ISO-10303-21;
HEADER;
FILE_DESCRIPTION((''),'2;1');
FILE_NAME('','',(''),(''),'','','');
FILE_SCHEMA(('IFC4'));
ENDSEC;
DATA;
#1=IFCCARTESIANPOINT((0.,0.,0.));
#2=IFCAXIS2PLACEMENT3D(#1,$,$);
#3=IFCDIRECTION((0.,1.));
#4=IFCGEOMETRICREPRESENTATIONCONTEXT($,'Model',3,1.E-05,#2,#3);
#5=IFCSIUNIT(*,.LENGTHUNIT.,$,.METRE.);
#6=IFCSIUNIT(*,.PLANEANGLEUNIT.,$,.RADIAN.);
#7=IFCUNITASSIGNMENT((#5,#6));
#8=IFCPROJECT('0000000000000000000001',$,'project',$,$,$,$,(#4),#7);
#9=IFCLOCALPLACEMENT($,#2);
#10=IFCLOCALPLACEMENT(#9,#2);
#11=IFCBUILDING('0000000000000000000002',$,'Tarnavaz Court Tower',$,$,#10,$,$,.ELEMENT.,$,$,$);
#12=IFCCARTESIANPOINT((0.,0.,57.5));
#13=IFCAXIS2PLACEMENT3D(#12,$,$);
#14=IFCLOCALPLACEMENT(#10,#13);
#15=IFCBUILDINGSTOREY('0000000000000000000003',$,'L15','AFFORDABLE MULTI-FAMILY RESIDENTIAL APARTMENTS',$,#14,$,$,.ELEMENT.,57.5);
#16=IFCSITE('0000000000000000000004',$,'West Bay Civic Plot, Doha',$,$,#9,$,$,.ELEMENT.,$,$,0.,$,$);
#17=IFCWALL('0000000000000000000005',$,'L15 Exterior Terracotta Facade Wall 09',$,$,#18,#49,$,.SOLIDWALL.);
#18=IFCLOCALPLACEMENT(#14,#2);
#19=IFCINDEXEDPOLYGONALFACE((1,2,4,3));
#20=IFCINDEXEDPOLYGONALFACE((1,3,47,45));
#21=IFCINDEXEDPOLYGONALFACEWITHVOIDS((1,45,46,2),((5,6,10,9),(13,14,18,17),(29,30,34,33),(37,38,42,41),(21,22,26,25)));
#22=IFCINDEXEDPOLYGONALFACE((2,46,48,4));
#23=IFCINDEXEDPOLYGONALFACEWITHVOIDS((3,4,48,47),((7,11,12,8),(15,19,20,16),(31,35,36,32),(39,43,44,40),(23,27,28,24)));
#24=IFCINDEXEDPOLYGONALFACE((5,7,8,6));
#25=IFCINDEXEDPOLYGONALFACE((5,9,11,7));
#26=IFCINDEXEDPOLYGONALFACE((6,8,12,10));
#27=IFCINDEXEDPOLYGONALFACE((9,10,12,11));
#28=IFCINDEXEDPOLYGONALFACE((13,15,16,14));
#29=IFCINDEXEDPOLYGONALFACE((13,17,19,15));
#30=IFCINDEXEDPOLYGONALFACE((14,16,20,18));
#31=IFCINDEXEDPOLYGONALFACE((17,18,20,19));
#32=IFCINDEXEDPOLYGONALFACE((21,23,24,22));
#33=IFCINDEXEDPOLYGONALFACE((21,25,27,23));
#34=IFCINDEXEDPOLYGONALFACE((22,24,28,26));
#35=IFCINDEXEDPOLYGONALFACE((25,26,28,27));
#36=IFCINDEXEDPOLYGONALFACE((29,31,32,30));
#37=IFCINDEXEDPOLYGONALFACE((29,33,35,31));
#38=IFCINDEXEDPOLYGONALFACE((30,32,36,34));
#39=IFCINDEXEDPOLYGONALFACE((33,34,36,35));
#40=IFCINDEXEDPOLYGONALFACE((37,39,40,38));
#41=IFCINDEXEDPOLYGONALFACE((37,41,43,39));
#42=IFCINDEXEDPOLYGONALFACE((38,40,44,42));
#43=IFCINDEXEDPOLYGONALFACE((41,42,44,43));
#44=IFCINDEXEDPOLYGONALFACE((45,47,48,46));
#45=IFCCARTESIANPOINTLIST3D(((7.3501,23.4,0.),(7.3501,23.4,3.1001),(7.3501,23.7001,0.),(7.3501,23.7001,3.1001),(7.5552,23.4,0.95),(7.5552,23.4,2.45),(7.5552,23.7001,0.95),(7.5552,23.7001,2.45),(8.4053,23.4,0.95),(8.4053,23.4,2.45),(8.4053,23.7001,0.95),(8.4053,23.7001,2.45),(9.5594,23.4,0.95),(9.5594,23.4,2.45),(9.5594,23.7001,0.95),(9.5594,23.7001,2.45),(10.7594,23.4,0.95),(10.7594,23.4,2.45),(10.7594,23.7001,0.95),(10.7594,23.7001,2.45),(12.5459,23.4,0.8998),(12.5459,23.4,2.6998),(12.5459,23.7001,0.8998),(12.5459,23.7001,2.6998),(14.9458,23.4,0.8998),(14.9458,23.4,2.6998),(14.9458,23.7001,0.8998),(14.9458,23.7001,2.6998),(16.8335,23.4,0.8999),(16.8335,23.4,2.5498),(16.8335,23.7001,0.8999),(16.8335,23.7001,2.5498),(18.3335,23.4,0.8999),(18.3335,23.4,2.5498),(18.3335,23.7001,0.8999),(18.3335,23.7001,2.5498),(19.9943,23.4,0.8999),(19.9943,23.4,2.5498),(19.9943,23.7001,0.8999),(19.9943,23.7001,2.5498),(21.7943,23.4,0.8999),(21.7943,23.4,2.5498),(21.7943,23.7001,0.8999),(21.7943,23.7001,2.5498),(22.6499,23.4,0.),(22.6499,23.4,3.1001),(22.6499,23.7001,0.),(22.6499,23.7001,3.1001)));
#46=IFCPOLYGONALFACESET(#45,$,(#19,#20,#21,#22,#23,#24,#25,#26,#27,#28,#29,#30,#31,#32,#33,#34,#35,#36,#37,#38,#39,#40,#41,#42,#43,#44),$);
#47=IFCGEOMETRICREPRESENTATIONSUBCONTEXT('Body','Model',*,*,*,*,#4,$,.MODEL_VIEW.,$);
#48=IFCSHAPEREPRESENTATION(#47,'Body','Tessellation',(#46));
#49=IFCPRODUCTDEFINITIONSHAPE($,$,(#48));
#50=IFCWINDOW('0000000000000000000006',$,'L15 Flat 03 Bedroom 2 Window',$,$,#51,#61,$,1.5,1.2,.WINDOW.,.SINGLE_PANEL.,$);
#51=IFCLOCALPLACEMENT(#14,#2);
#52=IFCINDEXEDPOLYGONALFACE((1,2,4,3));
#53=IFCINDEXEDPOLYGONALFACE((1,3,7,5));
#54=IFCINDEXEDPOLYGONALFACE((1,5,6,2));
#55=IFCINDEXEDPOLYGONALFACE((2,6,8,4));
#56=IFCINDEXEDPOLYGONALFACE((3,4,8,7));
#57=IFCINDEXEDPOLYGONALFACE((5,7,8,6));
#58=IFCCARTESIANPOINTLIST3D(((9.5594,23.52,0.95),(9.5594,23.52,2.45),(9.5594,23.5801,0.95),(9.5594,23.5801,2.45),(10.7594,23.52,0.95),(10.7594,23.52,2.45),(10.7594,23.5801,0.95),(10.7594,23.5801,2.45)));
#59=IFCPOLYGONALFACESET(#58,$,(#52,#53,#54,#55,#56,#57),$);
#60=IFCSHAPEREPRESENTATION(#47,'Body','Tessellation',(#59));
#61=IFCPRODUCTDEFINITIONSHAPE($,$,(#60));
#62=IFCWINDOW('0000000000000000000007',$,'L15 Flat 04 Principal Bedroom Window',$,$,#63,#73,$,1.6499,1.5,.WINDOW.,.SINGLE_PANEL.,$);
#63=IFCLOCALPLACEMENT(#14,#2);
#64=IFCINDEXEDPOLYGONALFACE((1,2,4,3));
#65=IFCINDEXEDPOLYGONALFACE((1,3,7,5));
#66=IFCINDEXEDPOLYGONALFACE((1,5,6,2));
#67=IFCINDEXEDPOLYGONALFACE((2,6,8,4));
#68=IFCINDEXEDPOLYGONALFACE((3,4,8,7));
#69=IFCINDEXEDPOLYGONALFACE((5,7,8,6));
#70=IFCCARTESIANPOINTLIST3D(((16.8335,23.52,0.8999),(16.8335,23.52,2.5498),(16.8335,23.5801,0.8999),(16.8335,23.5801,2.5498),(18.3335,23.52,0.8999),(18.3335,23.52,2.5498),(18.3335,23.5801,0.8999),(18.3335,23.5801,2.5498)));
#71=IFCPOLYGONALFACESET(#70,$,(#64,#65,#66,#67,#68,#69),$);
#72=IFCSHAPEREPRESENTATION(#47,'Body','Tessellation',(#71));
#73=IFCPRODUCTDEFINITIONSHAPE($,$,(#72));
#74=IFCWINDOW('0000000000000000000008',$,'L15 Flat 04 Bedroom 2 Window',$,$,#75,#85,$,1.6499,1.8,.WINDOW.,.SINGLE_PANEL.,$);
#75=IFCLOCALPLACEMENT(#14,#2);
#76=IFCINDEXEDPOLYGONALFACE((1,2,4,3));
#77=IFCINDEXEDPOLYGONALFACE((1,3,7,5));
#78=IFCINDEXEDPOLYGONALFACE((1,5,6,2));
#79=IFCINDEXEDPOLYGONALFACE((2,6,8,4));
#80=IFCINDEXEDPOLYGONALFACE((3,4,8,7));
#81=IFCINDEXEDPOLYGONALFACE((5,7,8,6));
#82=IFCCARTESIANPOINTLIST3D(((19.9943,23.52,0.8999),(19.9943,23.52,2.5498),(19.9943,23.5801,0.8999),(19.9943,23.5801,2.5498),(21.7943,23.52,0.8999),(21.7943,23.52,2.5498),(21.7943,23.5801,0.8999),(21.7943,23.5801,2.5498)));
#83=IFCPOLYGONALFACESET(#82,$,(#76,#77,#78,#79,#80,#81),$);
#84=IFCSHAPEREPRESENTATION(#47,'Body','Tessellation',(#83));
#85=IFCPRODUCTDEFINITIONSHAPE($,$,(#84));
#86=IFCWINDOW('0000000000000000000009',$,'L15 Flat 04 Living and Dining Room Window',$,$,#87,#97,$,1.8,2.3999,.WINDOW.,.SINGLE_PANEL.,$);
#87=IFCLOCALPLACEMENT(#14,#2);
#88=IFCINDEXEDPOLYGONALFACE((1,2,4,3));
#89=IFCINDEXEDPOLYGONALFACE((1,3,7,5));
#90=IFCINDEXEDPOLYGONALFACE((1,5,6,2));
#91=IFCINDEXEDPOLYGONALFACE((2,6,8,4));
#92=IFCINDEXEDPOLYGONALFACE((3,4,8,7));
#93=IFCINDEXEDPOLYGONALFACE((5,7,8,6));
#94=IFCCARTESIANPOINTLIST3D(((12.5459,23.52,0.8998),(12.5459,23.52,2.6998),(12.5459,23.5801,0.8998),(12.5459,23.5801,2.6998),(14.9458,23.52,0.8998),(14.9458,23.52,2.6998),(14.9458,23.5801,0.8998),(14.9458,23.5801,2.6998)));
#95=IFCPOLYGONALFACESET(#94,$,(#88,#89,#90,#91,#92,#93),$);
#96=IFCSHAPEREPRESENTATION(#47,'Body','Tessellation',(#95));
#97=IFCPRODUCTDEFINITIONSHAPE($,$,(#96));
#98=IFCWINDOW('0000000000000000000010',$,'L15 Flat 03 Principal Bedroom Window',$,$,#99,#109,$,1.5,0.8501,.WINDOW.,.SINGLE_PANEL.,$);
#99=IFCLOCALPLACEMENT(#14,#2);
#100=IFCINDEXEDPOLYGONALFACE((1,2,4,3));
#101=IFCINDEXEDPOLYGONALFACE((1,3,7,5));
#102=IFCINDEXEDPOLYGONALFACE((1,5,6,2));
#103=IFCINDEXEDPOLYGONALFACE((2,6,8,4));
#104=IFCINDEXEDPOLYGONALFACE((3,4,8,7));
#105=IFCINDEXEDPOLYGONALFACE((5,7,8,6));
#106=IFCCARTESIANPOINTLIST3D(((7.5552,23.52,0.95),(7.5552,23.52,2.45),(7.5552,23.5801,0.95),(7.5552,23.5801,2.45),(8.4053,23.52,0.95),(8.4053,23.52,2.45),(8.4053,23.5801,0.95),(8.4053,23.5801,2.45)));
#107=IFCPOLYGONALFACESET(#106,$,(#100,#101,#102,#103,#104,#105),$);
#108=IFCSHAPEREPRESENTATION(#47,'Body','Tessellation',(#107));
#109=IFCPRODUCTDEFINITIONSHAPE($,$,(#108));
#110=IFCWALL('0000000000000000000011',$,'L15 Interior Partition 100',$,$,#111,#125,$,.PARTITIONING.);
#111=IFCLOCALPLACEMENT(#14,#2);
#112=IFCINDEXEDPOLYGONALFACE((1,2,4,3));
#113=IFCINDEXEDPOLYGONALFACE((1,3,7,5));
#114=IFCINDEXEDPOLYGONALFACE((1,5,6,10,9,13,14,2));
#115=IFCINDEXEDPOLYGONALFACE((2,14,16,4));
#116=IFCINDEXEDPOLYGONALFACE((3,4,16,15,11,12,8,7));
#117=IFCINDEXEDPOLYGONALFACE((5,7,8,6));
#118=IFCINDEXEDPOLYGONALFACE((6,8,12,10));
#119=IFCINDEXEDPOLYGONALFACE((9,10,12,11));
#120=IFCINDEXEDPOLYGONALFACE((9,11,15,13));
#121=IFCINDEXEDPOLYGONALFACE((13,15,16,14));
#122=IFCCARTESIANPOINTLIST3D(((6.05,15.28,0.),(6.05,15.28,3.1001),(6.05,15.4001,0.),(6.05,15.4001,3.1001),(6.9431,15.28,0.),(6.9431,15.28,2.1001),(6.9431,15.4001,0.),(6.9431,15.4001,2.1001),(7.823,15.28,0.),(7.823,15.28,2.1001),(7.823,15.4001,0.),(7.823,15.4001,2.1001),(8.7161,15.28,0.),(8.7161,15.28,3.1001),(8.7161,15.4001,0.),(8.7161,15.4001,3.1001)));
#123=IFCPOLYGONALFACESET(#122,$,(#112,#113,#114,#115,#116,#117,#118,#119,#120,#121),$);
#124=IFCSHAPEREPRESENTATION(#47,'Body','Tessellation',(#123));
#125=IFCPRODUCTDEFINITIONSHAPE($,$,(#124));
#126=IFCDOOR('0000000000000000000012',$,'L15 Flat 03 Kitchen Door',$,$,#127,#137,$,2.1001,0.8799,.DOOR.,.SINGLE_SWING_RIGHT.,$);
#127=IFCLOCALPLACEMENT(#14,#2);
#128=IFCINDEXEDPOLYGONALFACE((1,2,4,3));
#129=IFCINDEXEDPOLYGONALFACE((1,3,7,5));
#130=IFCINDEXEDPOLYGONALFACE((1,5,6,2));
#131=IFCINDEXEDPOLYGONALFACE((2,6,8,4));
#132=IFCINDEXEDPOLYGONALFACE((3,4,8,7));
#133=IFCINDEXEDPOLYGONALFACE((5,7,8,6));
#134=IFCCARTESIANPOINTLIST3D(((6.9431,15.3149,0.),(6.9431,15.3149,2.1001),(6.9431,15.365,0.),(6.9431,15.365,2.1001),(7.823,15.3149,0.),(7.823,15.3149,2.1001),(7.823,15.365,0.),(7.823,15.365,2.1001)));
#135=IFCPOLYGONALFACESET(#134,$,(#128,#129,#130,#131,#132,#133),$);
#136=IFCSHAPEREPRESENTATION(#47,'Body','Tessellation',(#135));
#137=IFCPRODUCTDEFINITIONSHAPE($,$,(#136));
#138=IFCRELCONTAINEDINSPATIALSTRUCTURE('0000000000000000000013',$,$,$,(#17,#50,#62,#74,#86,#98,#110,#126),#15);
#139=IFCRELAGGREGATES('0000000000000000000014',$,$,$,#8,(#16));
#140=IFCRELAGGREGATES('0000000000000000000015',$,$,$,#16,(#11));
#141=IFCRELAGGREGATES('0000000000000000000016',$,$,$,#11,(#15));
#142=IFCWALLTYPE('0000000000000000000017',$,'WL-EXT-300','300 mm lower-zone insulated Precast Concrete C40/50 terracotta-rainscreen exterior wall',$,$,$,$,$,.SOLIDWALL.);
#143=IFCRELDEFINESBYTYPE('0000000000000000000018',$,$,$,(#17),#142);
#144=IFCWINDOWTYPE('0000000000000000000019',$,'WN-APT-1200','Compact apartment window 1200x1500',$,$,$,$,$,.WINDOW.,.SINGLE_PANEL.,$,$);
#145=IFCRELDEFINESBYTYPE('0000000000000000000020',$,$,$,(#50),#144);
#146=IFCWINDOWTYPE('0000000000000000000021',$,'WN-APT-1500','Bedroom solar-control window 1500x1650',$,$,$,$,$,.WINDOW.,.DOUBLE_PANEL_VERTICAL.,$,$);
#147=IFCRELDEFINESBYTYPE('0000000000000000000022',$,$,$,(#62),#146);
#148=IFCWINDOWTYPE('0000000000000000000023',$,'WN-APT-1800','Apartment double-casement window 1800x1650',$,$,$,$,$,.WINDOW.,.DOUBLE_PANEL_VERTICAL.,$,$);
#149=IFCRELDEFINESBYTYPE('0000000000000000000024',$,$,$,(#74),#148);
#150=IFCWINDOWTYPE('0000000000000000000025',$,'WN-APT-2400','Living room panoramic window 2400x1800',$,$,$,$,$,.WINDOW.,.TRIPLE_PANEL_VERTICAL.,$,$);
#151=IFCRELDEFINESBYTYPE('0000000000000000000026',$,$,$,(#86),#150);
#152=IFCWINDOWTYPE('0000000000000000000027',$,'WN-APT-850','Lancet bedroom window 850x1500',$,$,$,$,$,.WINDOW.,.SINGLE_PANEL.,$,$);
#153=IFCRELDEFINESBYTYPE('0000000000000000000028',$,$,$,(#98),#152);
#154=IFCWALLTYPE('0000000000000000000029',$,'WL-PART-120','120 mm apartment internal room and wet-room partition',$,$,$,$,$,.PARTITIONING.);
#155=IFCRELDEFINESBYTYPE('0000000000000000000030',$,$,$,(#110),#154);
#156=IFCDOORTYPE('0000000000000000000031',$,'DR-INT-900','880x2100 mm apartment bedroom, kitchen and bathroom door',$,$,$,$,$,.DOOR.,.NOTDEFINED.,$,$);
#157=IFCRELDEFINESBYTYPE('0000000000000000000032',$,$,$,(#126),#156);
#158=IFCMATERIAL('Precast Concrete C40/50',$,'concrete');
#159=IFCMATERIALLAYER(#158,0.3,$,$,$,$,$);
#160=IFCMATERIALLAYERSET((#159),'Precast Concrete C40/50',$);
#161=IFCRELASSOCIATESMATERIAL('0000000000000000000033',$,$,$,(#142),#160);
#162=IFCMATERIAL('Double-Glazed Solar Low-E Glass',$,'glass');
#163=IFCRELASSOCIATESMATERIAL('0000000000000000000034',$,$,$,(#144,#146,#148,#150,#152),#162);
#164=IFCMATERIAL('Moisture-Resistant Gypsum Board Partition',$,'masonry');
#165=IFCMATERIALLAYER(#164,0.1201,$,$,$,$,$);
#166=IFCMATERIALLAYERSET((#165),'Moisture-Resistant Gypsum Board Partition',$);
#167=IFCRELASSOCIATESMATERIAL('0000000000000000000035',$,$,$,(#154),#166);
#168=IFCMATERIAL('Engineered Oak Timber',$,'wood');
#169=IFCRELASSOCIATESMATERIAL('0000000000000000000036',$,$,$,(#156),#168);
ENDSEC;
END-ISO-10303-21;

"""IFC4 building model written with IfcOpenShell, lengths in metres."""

from ifc_helpers import new_model, si_unit, direction, frame, frame_2d, origin, place, context, subcontext, project, spatial, rectangle, extrude, material, layer, layer_set, type_object, element, fill, save


model = new_model("IFC4")

# Units and contexts
model_context = context("Model", 3, precision=1e-05, world=origin(), true_north=direction((0.0, 1.0)))
body_context = subcontext(model_context, "Body", "Model", "MODEL_VIEW")
ifc_project = project(units=[si_unit("LENGTHUNIT", "METRE"), si_unit("PLANEANGLEUNIT", "RADIAN")], contexts=[model_context])

# Site, building, storey
site_placement = place(None, origin())
site = spatial("IfcSite", under=ifc_project, at=site_placement, Name="West Bay Civic Plot, Doha", CompositionType="ELEMENT", RefElevation=0.0)
building_placement = place(site_placement, origin())
building = spatial("IfcBuilding", under=site, at=building_placement, Name="Tarnavaz Court Tower", CompositionType="ELEMENT")
storey_placement = place(building_placement, frame((0.0, 0.0, 57.5)))
storey = spatial("IfcBuildingStorey", under=building, at=storey_placement, Name="L15", Description="AFFORDABLE MULTI-FAMILY RESIDENTIAL APARTMENTS", CompositionType="ELEMENT", Elevation=57.5)

# Wall, openings, windows
ifc_material_1 = material(Name="Precast Concrete C40/50", Category="concrete")
ifc_layer_1 = layer(ifc_material_1, 0.3)
ifc_layer_set_1 = layer_set([ifc_layer_1], Name="Precast Concrete C40/50")
wall_type_1 = type_object("IfcWallType", Name="WL-EXT-300", Description="300 mm lower-zone insulated Precast Concrete C40/50 terracotta-rainscreen exterior wall", PredefinedType="SOLIDWALL", material=ifc_layer_set_1)
wall_1_placement = place(storey_placement, frame((7.3501, 23.55, 0.0), z_axis=(0.0, 0.0, 1.0), x_axis=(1.0, 0.0, 0.0)))
wall_1 = element("IfcWall", 1, at=wall_1_placement, inside=storey, type_object=wall_type_1, Name="L15 Exterior Terracotta Facade Wall 09", PredefinedType="SOLIDWALL", context=body_context, shape_type="SweptSolid", body=[
    extrude(rectangle(XDim=15.2998, YDim=0.3, at=frame_2d((7.6499, 0.0))), origin(), (0.0, 0.0, 1.0), 3.1001),
])
opening_1_placement = place(wall_1_placement, frame((0.2051, 0.0, 0.95)))
opening_1 = element("IfcOpeningElement", 2, at=opening_1_placement, cuts=wall_1, PredefinedType="OPENING", context=body_context, shape_type="SweptSolid", body=[
    extrude(rectangle(XDim=0.8501, YDim=1.5, at=frame_2d((0.425, 0.75))), frame((0.0, 0.1599, 0.0), z_axis=(0.0, -1.0, 0.0), x_axis=(1.0, 0.0, 0.0)), (0.0, 0.0, 1.0), 0.3201),
])
opening_2_placement = place(wall_1_placement, frame((2.2092, 0.0, 0.95)))
opening_2 = element("IfcOpeningElement", 3, at=opening_2_placement, cuts=wall_1, PredefinedType="OPENING", context=body_context, shape_type="SweptSolid", body=[
    extrude(rectangle(XDim=1.2, YDim=1.5, at=frame_2d((0.6001, 0.75))), frame((0.0, 0.1599, 0.0), z_axis=(0.0, -1.0, 0.0), x_axis=(1.0, 0.0, 0.0)), (0.0, 0.0, 1.0), 0.3201),
])
opening_3_placement = place(wall_1_placement, frame((5.1958, 0.0, 0.8999)))
opening_3 = element("IfcOpeningElement", 4, at=opening_3_placement, cuts=wall_1, PredefinedType="OPENING", context=body_context, shape_type="SweptSolid", body=[
    extrude(rectangle(XDim=2.3999, YDim=1.8, at=frame_2d((1.2, 0.8999))), frame((0.0, 0.1599, 0.0), z_axis=(0.0, -1.0, 0.0), x_axis=(1.0, 0.0, 0.0)), (0.0, 0.0, 1.0), 0.3201),
])
opening_4_placement = place(wall_1_placement, frame((9.4834, 0.0, 0.8999)))
opening_4 = element("IfcOpeningElement", 5, at=opening_4_placement, cuts=wall_1, PredefinedType="OPENING", context=body_context, shape_type="SweptSolid", body=[
    extrude(rectangle(XDim=1.5, YDim=1.6499, at=frame_2d((0.75, 0.825))), frame((0.0, 0.1599, 0.0), z_axis=(0.0, -1.0, 0.0), x_axis=(1.0, 0.0, 0.0)), (0.0, 0.0, 1.0), 0.3201),
])
opening_5_placement = place(wall_1_placement, frame((12.6443, 0.0, 0.8999)))
opening_5 = element("IfcOpeningElement", 6, at=opening_5_placement, cuts=wall_1, PredefinedType="OPENING", context=body_context, shape_type="SweptSolid", body=[
    extrude(rectangle(XDim=1.8, YDim=1.6499, at=frame_2d((0.8999, 0.825))), frame((0.0, 0.1599, 0.0), z_axis=(0.0, -1.0, 0.0), x_axis=(1.0, 0.0, 0.0)), (0.0, 0.0, 1.0), 0.3201),
])
ifc_material_2 = material(Name="Double-Glazed Solar Low-E Glass", Category="glass")
window_type_1 = type_object("IfcWindowType", Name="WN-APT-1200", Description="Compact apartment window 1200x1500", PartitioningType="SINGLE_PANEL", PredefinedType="WINDOW", material=ifc_material_2)
window_1_placement = place(opening_2_placement, origin())
window_1 = element("IfcWindow", 7, at=window_1_placement, inside=storey, type_object=window_type_1, Name="L15 Flat 03 Bedroom 2 Window", OverallHeight=1.5, OverallWidth=1.2, PartitioningType="SINGLE_PANEL", PredefinedType="WINDOW", context=body_context, shape_type="SweptSolid", body=[
    extrude(rectangle(XDim=1.2, YDim=1.5, at=frame_2d((0.6001, 0.75))), frame((0.0, 0.03, 0.0), z_axis=(0.0, -1.0, 0.0), x_axis=(1.0, 0.0, 0.0)), (0.0, 0.0, 1.0), 0.0601),
])
fill(opening_2, window_1)
window_type_2 = type_object("IfcWindowType", Name="WN-APT-1500", Description="Bedroom solar-control window 1500x1650", PartitioningType="DOUBLE_PANEL_VERTICAL", PredefinedType="WINDOW", material=ifc_material_2)
window_2_placement = place(opening_4_placement, origin())
window_2 = element("IfcWindow", 8, at=window_2_placement, inside=storey, type_object=window_type_2, Name="L15 Flat 04 Principal Bedroom Window", OverallHeight=1.6499, OverallWidth=1.5, PartitioningType="SINGLE_PANEL", PredefinedType="WINDOW", context=body_context, shape_type="SweptSolid", body=[
    extrude(rectangle(XDim=1.5, YDim=1.6499, at=frame_2d((0.75, 0.825))), frame((0.0, 0.03, 0.0), z_axis=(0.0, -1.0, 0.0), x_axis=(1.0, 0.0, 0.0)), (0.0, 0.0, 1.0), 0.0601),
])
fill(opening_4, window_2)
window_type_3 = type_object("IfcWindowType", Name="WN-APT-1800", Description="Apartment double-casement window 1800x1650", PartitioningType="DOUBLE_PANEL_VERTICAL", PredefinedType="WINDOW", material=ifc_material_2)
window_3_placement = place(opening_5_placement, origin())
window_3 = element("IfcWindow", 9, at=window_3_placement, inside=storey, type_object=window_type_3, Name="L15 Flat 04 Bedroom 2 Window", OverallHeight=1.6499, OverallWidth=1.8, PartitioningType="SINGLE_PANEL", PredefinedType="WINDOW", context=body_context, shape_type="SweptSolid", body=[
    extrude(rectangle(XDim=1.8, YDim=1.6499, at=frame_2d((0.8999, 0.825))), frame((0.0, 0.03, 0.0), z_axis=(0.0, -1.0, 0.0), x_axis=(1.0, 0.0, 0.0)), (0.0, 0.0, 1.0), 0.0601),
])
fill(opening_5, window_3)
window_type_4 = type_object("IfcWindowType", Name="WN-APT-2400", Description="Living room panoramic window 2400x1800", PartitioningType="TRIPLE_PANEL_VERTICAL", PredefinedType="WINDOW", material=ifc_material_2)
window_4_placement = place(opening_3_placement, origin())
window_4 = element("IfcWindow", 10, at=window_4_placement, inside=storey, type_object=window_type_4, Name="L15 Flat 04 Living and Dining Room Window", OverallHeight=1.8, OverallWidth=2.3999, PartitioningType="SINGLE_PANEL", PredefinedType="WINDOW", context=body_context, shape_type="SweptSolid", body=[
    extrude(rectangle(XDim=2.3999, YDim=1.8, at=frame_2d((1.2, 0.8999))), frame((0.0, 0.03, 0.0), z_axis=(0.0, -1.0, 0.0), x_axis=(1.0, 0.0, 0.0)), (0.0, 0.0, 1.0), 0.0601),
])
fill(opening_3, window_4)
window_type_5 = type_object("IfcWindowType", Name="WN-APT-850", Description="Lancet bedroom window 850x1500", PartitioningType="SINGLE_PANEL", PredefinedType="WINDOW", material=ifc_material_2)
window_5_placement = place(opening_1_placement, origin())
window_5 = element("IfcWindow", 11, at=window_5_placement, inside=storey, type_object=window_type_5, Name="L15 Flat 03 Principal Bedroom Window", OverallHeight=1.5, OverallWidth=0.8501, PartitioningType="SINGLE_PANEL", PredefinedType="WINDOW", context=body_context, shape_type="SweptSolid", body=[
    extrude(rectangle(XDim=0.8501, YDim=1.5, at=frame_2d((0.425, 0.75))), frame((0.0, 0.03, 0.0), z_axis=(0.0, -1.0, 0.0), x_axis=(1.0, 0.0, 0.0)), (0.0, 0.0, 1.0), 0.0601),
])
fill(opening_1, window_5)

# Wall, opening, door
ifc_material_3 = material(Name="Moisture-Resistant Gypsum Board Partition", Category="masonry")
ifc_layer_2 = layer(ifc_material_3, 0.1201)
ifc_layer_set_2 = layer_set([ifc_layer_2], Name="Moisture-Resistant Gypsum Board Partition")
wall_type_2 = type_object("IfcWallType", Name="WL-PART-120", Description="120 mm apartment internal room and wet-room partition", PredefinedType="PARTITIONING", material=ifc_layer_set_2)
wall_2_placement = place(storey_placement, frame((6.05, 15.3401, 0.0), z_axis=(0.0, 0.0, 1.0), x_axis=(1.0, 0.0, 0.0)))
wall_2 = element("IfcWall", 12, at=wall_2_placement, inside=storey, type_object=wall_type_2, Name="L15 Interior Partition 100", PredefinedType="PARTITIONING", context=body_context, shape_type="SweptSolid", body=[
    extrude(rectangle(XDim=2.666, YDim=0.1201, at=frame_2d((1.333, 0.0))), origin(), (0.0, 0.0, 1.0), 3.1001),
])
opening_6_placement = place(wall_2_placement, frame((0.8931, 0.0, 0.0)))
opening_6 = element("IfcOpeningElement", 13, at=opening_6_placement, cuts=wall_2, PredefinedType="OPENING", context=body_context, shape_type="SweptSolid", body=[
    extrude(rectangle(XDim=0.8799, YDim=2.1001, at=frame_2d((0.4399, 1.05))), frame((0.0, 0.0701, 0.0), z_axis=(0.0, -1.0, 0.0), x_axis=(1.0, 0.0, 0.0)), (0.0, 0.0, 1.0), 0.1401),
])
ifc_material_4 = material(Name="Engineered Oak Timber", Category="wood")
door_type = type_object("IfcDoorType", Name="DR-INT-900", Description="880x2100 mm apartment bedroom, kitchen and bathroom door", OperationType="NOTDEFINED", PredefinedType="DOOR", material=ifc_material_4)
door_1_placement = place(opening_6_placement, origin())
door_1 = element("IfcDoor", 14, at=door_1_placement, inside=storey, type_object=door_type, Name="L15 Flat 03 Kitchen Door", OperationType="SINGLE_SWING_RIGHT", OverallHeight=2.1001, OverallWidth=0.8799, PredefinedType="DOOR", context=body_context, shape_type="SweptSolid", body=[
    extrude(rectangle(XDim=0.8799, YDim=2.1001, at=frame_2d((0.4399, 1.05))), frame((0.0, 0.0249, 0.0), z_axis=(0.0, -1.0, 0.0), x_axis=(1.0, 0.0, 0.0)), (0.0, 0.0, 1.0), 0.05),
])
fill(opening_6, door_1)

save(model, "model.ifc")
